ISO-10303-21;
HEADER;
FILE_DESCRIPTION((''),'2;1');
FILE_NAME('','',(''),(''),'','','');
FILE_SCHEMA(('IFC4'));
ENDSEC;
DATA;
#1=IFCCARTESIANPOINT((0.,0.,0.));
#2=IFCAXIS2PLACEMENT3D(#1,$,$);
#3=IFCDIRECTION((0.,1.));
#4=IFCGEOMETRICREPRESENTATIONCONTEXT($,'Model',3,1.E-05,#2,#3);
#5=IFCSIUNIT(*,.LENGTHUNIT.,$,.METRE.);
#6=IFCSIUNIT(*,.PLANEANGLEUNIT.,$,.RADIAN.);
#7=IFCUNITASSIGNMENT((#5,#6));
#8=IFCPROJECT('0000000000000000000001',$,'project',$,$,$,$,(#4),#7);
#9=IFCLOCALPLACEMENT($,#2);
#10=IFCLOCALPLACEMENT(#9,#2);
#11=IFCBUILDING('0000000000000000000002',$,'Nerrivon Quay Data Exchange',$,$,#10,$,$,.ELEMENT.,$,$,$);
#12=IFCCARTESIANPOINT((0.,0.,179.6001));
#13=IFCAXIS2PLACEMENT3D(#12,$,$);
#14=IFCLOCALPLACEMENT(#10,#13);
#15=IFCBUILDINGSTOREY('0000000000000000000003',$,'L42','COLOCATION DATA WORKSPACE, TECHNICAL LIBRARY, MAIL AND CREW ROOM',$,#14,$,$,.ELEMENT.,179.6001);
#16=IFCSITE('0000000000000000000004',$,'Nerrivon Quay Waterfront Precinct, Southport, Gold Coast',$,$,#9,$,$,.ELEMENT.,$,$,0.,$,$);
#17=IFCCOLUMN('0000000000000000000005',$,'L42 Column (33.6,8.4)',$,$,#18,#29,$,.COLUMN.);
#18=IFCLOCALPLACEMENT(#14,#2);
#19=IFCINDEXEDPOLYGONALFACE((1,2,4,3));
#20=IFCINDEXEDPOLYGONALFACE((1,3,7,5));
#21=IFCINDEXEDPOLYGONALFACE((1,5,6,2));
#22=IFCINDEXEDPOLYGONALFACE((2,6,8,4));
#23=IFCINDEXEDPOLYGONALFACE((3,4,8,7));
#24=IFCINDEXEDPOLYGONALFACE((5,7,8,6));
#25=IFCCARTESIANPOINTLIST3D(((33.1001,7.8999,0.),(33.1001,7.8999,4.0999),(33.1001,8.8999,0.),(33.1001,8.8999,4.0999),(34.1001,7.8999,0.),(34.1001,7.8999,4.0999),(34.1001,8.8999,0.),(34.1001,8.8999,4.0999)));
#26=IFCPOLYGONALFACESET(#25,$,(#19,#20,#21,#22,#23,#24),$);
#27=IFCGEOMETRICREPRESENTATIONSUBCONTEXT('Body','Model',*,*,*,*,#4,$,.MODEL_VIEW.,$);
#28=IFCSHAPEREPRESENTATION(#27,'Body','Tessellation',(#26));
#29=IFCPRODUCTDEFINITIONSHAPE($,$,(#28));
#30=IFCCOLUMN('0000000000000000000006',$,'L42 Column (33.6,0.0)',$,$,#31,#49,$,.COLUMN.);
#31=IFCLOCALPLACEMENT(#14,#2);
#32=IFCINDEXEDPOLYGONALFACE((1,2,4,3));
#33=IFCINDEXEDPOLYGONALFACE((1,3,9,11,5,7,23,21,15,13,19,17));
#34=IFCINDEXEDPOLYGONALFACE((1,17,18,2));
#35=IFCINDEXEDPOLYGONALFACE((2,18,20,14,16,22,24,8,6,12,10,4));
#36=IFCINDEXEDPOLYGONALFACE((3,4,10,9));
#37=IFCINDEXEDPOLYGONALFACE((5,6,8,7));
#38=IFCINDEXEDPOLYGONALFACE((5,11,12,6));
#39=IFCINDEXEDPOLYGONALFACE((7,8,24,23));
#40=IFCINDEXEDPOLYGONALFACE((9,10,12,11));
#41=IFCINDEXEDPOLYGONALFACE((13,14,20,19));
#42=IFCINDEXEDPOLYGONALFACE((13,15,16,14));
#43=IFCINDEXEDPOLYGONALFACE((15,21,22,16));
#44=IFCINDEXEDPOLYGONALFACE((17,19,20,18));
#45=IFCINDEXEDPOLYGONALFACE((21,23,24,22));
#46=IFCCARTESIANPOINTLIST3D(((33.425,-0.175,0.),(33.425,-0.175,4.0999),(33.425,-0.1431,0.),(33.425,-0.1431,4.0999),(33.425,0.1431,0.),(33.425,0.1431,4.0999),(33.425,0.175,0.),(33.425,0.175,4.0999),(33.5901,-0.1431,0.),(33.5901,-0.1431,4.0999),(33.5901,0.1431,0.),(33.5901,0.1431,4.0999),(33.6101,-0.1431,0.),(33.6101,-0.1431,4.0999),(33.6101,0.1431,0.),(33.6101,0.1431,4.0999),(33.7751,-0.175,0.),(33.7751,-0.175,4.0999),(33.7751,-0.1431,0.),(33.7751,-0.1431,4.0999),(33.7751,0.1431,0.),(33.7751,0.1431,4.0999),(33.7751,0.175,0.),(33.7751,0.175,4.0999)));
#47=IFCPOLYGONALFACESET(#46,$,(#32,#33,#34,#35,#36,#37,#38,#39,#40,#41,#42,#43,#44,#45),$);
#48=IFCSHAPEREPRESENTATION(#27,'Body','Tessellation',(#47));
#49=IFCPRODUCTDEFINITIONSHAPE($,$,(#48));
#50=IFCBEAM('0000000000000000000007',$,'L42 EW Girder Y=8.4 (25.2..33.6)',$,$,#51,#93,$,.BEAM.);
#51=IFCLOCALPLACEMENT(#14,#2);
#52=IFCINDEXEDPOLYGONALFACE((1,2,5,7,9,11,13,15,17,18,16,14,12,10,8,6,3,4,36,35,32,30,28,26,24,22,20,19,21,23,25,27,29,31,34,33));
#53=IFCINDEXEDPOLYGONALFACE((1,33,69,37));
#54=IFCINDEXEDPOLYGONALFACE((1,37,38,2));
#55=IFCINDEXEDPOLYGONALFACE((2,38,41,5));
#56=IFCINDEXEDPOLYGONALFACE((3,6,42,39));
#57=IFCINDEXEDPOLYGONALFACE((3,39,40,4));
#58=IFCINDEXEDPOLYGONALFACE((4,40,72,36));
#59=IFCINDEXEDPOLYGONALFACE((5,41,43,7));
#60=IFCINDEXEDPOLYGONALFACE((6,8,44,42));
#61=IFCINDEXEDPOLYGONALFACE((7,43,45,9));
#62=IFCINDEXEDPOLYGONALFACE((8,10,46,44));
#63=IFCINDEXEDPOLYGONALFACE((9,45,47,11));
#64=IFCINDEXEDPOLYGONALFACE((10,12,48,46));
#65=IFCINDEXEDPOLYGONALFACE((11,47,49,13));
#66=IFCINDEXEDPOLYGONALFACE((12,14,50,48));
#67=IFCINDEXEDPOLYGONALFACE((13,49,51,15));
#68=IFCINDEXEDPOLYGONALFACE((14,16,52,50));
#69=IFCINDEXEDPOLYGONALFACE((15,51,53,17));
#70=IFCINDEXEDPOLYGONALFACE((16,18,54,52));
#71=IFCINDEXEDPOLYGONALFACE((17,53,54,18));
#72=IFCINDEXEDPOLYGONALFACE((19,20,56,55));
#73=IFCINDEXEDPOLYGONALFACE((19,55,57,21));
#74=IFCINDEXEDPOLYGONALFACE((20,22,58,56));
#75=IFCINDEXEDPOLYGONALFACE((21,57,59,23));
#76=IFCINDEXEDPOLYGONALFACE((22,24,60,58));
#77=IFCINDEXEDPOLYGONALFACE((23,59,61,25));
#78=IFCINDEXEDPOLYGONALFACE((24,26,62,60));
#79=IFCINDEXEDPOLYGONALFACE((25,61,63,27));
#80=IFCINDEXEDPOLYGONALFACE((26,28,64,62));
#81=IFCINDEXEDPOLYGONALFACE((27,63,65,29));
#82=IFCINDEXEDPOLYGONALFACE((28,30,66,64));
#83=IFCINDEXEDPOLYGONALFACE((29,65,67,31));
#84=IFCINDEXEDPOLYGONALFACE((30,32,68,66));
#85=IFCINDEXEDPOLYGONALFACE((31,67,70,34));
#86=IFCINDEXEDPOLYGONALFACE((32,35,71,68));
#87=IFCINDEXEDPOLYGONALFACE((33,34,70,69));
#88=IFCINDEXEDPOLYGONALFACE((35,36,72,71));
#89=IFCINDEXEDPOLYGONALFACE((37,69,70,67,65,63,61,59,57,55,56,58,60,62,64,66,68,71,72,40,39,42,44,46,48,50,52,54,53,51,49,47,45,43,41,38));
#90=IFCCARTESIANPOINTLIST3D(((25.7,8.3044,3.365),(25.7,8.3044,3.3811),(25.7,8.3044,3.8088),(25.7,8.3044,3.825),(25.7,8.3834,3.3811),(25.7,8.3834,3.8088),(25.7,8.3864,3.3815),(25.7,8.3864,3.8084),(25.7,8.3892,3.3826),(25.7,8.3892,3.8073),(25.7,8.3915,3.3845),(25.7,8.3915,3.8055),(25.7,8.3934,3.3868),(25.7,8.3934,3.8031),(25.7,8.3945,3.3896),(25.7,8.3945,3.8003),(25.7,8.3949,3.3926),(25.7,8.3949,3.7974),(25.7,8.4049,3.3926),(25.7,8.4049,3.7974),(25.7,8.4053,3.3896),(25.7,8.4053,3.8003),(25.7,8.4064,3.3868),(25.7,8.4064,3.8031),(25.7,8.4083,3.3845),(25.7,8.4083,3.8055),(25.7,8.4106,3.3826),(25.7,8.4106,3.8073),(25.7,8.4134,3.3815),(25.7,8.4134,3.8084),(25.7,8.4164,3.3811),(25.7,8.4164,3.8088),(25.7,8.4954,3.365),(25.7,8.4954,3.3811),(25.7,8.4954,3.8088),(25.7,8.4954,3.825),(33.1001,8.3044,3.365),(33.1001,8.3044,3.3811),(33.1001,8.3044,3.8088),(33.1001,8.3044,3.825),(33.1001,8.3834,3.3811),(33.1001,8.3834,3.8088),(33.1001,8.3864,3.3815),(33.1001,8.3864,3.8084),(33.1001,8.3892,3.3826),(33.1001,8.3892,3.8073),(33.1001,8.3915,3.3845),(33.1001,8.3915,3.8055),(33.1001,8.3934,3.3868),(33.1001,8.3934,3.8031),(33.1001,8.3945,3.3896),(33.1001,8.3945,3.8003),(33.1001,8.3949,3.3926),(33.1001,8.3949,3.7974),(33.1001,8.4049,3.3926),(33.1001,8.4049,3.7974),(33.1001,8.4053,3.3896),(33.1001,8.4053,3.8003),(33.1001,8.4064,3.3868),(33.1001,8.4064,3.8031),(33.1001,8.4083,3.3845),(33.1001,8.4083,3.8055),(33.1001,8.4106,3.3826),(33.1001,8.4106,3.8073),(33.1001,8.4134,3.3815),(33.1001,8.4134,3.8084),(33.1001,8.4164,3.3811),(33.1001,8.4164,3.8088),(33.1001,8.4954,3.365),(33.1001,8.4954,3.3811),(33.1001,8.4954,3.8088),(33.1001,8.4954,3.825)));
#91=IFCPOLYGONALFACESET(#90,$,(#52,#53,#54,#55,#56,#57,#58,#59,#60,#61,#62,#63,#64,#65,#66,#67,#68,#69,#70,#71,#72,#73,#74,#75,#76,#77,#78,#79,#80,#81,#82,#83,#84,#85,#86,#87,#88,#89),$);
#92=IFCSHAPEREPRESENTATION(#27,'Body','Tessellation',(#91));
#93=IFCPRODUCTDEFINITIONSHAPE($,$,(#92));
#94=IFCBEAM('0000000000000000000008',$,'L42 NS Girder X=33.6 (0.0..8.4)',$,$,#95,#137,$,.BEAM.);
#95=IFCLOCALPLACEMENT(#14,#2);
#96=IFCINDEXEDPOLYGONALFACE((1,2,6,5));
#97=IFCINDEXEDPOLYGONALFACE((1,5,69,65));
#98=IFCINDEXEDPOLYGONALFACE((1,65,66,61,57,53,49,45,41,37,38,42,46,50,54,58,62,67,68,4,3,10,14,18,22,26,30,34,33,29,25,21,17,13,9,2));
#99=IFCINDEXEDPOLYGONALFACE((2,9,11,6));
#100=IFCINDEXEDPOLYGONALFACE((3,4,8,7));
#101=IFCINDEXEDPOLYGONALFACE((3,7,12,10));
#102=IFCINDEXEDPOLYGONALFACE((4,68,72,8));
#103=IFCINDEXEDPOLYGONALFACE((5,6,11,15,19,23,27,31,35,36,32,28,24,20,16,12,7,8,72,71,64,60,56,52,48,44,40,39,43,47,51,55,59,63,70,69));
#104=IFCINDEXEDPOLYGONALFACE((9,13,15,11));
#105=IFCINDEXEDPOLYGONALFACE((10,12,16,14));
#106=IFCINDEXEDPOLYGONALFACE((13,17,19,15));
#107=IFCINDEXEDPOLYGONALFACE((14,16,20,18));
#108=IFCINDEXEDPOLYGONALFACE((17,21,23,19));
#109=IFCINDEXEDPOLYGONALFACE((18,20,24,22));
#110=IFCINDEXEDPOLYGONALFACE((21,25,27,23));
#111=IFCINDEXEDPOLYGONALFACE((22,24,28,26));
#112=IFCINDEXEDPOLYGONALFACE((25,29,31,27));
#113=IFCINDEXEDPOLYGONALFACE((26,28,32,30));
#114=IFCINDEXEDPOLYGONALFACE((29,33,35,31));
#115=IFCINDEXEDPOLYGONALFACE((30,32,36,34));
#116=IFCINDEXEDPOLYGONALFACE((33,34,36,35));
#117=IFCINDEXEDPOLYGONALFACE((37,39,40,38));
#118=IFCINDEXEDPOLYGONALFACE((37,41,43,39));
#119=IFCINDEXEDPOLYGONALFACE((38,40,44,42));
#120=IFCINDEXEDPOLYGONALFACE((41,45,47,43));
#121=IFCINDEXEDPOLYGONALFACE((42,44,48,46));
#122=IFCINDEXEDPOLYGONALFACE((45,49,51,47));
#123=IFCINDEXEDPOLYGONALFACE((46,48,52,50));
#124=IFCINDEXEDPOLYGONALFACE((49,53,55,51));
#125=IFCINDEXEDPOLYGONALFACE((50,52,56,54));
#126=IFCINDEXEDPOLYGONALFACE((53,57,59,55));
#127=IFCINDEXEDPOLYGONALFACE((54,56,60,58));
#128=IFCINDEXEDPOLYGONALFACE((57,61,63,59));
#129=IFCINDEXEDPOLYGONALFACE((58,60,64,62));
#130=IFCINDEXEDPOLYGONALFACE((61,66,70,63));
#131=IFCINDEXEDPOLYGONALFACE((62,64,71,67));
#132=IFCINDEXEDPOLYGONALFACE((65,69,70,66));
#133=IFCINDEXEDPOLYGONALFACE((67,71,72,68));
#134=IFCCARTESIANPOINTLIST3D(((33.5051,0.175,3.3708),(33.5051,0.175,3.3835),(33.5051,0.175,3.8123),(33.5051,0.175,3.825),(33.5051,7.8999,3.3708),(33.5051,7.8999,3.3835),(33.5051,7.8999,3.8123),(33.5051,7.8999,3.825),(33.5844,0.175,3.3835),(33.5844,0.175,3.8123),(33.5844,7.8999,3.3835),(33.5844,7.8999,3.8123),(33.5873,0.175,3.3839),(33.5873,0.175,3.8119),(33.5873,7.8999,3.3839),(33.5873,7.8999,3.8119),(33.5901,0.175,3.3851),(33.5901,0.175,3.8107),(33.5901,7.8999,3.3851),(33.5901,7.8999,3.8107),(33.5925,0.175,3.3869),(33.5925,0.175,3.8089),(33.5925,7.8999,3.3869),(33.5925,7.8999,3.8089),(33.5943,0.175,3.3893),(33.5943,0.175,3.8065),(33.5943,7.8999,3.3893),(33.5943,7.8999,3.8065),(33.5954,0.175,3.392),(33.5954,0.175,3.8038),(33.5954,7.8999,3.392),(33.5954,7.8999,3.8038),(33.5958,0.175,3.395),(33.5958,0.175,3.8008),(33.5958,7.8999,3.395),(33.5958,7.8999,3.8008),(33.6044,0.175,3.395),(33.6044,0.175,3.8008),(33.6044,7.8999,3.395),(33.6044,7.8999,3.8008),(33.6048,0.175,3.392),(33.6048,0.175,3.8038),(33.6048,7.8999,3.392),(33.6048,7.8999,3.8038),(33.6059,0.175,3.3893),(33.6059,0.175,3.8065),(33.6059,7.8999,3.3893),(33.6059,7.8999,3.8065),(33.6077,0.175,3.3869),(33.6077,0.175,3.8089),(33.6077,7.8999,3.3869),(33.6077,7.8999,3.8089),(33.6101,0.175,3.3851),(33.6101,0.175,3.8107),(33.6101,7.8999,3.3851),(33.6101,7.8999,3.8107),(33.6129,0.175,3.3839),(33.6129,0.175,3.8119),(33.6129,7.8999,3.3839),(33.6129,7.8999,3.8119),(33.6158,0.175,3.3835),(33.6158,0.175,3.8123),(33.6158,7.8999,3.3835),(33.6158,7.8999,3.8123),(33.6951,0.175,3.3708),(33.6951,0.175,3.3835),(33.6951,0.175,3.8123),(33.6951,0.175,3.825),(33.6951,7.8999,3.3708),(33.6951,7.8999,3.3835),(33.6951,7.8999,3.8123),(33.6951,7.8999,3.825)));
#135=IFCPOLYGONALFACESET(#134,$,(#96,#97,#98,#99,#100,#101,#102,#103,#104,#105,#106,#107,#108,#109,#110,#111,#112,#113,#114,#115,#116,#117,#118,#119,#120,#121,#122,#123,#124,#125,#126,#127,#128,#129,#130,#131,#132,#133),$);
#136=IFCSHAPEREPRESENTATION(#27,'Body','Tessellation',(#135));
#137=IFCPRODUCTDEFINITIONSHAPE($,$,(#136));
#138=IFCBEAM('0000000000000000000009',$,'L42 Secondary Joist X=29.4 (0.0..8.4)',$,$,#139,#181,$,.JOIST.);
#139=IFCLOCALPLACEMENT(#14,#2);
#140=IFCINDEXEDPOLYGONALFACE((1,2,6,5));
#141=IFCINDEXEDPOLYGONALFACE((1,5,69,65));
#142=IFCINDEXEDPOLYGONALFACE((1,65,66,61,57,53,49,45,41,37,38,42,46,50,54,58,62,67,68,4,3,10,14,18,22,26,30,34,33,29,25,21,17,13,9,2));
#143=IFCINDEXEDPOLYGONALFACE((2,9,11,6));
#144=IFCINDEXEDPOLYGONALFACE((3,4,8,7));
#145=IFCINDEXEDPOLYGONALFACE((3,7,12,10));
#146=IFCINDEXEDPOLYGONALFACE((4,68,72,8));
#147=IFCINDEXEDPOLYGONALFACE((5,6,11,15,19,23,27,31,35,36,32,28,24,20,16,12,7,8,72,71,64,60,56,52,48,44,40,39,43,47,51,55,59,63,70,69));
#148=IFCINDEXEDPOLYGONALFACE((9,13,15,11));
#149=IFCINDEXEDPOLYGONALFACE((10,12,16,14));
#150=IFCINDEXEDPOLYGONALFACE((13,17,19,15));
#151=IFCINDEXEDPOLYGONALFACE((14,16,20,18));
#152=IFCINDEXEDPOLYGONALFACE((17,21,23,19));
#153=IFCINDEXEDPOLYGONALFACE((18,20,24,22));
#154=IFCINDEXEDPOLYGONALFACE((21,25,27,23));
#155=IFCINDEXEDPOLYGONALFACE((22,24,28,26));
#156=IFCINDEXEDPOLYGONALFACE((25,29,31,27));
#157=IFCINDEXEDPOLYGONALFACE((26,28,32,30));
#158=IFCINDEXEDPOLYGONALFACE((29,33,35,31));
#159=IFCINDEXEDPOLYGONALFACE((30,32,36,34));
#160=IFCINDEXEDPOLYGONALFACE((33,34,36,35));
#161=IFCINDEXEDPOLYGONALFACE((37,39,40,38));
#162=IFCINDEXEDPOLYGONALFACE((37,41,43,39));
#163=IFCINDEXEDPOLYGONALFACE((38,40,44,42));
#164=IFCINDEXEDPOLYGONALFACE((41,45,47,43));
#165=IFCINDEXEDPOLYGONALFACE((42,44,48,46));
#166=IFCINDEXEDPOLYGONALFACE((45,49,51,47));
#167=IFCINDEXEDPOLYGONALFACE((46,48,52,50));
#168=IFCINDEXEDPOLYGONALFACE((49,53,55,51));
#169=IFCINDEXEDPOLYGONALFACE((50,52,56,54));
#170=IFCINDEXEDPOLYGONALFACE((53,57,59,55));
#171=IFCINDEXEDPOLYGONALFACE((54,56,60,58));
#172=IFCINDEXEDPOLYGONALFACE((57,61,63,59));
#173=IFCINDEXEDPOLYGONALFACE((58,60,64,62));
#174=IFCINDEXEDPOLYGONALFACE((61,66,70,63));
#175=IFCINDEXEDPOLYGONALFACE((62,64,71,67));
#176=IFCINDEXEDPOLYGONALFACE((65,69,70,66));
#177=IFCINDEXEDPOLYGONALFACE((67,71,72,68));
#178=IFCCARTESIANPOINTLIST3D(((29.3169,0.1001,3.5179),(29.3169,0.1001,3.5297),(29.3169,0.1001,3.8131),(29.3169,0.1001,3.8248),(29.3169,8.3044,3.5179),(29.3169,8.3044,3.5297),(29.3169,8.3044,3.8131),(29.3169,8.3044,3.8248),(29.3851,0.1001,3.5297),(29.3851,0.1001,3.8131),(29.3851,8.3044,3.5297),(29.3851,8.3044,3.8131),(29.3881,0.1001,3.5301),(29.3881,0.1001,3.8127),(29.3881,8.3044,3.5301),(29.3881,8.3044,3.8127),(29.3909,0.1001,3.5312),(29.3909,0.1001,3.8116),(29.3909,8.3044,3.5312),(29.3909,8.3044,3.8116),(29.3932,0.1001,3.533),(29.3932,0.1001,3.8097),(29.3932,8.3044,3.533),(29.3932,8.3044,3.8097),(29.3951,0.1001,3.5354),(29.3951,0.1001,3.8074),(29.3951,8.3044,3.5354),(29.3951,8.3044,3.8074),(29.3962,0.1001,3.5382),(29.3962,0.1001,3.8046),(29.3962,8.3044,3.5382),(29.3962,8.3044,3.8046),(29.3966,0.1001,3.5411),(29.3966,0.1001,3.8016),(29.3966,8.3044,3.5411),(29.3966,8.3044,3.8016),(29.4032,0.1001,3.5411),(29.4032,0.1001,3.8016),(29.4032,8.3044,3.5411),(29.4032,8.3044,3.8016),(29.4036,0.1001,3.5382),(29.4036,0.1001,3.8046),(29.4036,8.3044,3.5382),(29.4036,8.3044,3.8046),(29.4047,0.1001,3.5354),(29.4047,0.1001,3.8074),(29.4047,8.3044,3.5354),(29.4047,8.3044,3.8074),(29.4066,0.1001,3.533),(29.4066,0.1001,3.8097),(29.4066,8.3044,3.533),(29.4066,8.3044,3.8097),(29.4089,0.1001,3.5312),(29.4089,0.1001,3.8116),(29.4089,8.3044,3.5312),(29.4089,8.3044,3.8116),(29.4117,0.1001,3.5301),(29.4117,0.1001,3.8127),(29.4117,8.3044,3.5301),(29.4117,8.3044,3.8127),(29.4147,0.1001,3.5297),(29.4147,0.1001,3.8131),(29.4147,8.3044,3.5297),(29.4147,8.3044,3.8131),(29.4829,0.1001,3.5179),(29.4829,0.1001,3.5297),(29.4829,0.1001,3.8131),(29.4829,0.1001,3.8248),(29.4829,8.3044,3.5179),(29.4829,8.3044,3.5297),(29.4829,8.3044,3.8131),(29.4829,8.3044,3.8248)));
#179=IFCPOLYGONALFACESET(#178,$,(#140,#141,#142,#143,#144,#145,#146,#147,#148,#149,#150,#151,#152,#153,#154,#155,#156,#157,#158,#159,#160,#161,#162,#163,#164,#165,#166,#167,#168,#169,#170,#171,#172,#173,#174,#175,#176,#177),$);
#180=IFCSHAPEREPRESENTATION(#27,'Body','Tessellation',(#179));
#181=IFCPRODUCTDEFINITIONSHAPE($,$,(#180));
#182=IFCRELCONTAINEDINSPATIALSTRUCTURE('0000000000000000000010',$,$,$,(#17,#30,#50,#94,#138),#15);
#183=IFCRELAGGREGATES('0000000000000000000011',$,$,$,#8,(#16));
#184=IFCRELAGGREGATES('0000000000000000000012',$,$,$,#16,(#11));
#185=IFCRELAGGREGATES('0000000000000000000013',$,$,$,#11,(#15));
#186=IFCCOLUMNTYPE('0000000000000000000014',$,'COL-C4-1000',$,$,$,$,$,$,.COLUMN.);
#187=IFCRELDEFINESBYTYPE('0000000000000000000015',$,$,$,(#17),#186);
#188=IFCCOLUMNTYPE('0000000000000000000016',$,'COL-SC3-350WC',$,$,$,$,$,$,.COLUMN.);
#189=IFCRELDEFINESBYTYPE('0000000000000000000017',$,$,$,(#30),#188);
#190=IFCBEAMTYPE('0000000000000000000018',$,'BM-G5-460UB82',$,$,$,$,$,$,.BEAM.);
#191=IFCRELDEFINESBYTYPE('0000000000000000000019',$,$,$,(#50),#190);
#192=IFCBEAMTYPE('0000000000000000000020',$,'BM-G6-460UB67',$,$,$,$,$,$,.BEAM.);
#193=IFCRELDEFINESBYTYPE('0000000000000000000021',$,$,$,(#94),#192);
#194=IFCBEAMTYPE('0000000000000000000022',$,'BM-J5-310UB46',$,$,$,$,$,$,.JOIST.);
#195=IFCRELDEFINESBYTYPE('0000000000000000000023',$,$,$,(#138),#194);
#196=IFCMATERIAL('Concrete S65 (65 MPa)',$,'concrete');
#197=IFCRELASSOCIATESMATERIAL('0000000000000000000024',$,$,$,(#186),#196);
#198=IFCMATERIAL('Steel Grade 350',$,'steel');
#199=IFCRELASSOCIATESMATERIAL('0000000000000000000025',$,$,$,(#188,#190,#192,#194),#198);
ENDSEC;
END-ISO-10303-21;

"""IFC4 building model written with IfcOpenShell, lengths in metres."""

from ifc_helpers import new_model, si_unit, direction, frame, origin, origin_2d, place, context, subcontext, project, spatial, rectangle, i_section, extrude, material, material_profile, profile_set, type_object, element, save


model = new_model("IFC4")

# Units and contexts
model_context = context("Model", 3, precision=1e-05, world=origin(), true_north=direction((0.0, 1.0)))
body_context = subcontext(model_context, "Body", "Model", "MODEL_VIEW")
ifc_project = project(units=[si_unit("LENGTHUNIT", "METRE"), si_unit("PLANEANGLEUNIT", "RADIAN")], contexts=[model_context])

# Site, building, storey
site_placement = place(None, origin())
site = spatial("IfcSite", under=ifc_project, at=site_placement, Name="Nerrivon Quay Waterfront Precinct, Southport, Gold Coast", CompositionType="ELEMENT", RefElevation=0.0)
building_placement = place(site_placement, origin())
building = spatial("IfcBuilding", under=site, at=building_placement, Name="Nerrivon Quay Data Exchange", CompositionType="ELEMENT")
storey_placement = place(building_placement, frame((0.0, 0.0, 179.6001)))
storey = spatial("IfcBuildingStorey", under=building, at=storey_placement, Name="L42", Description="COLOCATION DATA WORKSPACE, TECHNICAL LIBRARY, MAIL AND CREW ROOM", CompositionType="ELEMENT", Elevation=179.6001)

# Columns
ifc_material_1 = material(Name="Concrete S65 (65 MPa)", Category="concrete")
ifc_material_profile_1 = material_profile(ifc_material_1, rectangle(XDim=1.0, YDim=1.0, at=origin_2d()), Name="RC-COL-1000x1000")
ifc_profile_set_1 = profile_set([ifc_material_profile_1], Name="Concrete S65 (65 MPa)")
column_type_1 = type_object("IfcColumnType", Name="COL-C4-1000", PredefinedType="COLUMN", material=ifc_profile_set_1)
column_1_placement = place(storey_placement, frame((33.6001, 8.3999, 0.0), z_axis=(0.0, 0.0, 1.0), x_axis=(1.0, 0.0, 0.0)))
element("IfcColumn", 1, at=column_1_placement, inside=storey, type_object=column_type_1, Name="L42 Column (33.6,8.4)", PredefinedType="COLUMN", context=body_context, shape_type="SweptSolid", body=[
    extrude(rectangle(XDim=1.0, YDim=1.0, at=origin_2d()), origin(), (0.0, 0.0, 1.0), 4.0999),
])
ifc_material_2 = material(Name="Steel Grade 350", Category="steel")
ifc_material_profile_2 = material_profile(ifc_material_2, i_section(OverallWidth=0.3501, OverallDepth=0.3501, WebThickness=0.02, FlangeThickness=0.032, at=origin_2d()), Name="350WC230")
ifc_profile_set_2 = profile_set([ifc_material_profile_2], Name="Steel Grade 350")
column_type_2 = type_object("IfcColumnType", Name="COL-SC3-350WC", PredefinedType="COLUMN", material=ifc_profile_set_2)
column_2_placement = place(storey_placement, frame((33.6001, 0.0, 0.0), z_axis=(0.0, 0.0, 1.0), x_axis=(1.0, 0.0, 0.0)))
element("IfcColumn", 2, at=column_2_placement, inside=storey, type_object=column_type_2, Name="L42 Column (33.6,0.0)", PredefinedType="COLUMN", context=body_context, shape_type="SweptSolid", body=[
    extrude(i_section(OverallWidth=0.3501, OverallDepth=0.3501, WebThickness=0.02, FlangeThickness=0.032, at=origin_2d()), origin(), (0.0, 0.0, 1.0), 4.0999),
])

# Beams
ifc_material_profile_3 = material_profile(ifc_material_2, i_section(OverallWidth=0.1909, OverallDepth=0.46, WebThickness=0.01, FlangeThickness=0.0161, FilletRadius=0.0115, at=origin_2d()), Name="460UB82.1")
ifc_profile_set_3 = profile_set([ifc_material_profile_3], Name="Steel Grade 350")
beam_type_1 = type_object("IfcBeamType", Name="BM-G5-460UB82", PredefinedType="BEAM", material=ifc_profile_set_3)
beam_1_placement = place(storey_placement, frame((25.7, 8.3999, 3.595), z_axis=(1.0, 0.0, 0.0), x_axis=(0.0, 1.0, 0.0)))
element("IfcBeam", 3, at=beam_1_placement, inside=storey, type_object=beam_type_1, Name="L42 EW Girder Y=8.4 (25.2..33.6)", PredefinedType="BEAM", context=body_context, shape_type="SweptSolid", body=[
    extrude(i_section(OverallWidth=0.1909, OverallDepth=0.46, WebThickness=0.01, FlangeThickness=0.0161, FilletRadius=0.0115, at=origin_2d()), origin(), (0.0, 0.0, 1.0), 7.4001),
])
ifc_material_profile_4 = material_profile(ifc_material_2, i_section(OverallWidth=0.1899, OverallDepth=0.4541, WebThickness=0.0085, FlangeThickness=0.0127, FilletRadius=0.0115, at=origin_2d()), Name="460UB67.1")
ifc_profile_set_4 = profile_set([ifc_material_profile_4], Name="Steel Grade 350")
beam_type_2 = type_object("IfcBeamType", Name="BM-G6-460UB67", PredefinedType="BEAM", material=ifc_profile_set_4)
beam_2_placement = place(storey_placement, frame((33.6001, 0.175, 3.5979), z_axis=(0.0, 1.0, 0.0), x_axis=(-1.0, 0.0, 0.0)))
element("IfcBeam", 4, at=beam_2_placement, inside=storey, type_object=beam_type_2, Name="L42 NS Girder X=33.6 (0.0..8.4)", PredefinedType="BEAM", context=body_context, shape_type="SweptSolid", body=[
    extrude(i_section(OverallWidth=0.1899, OverallDepth=0.4541, WebThickness=0.0085, FlangeThickness=0.0127, FilletRadius=0.0115, at=origin_2d()), origin(), (0.0, 0.0, 1.0), 7.7249),
])
ifc_material_profile_5 = material_profile(ifc_material_2, i_section(OverallWidth=0.166, OverallDepth=0.3069, WebThickness=0.0066, FlangeThickness=0.0117, FilletRadius=0.0115, at=origin_2d()), Name="310UB46.2")
ifc_profile_set_5 = profile_set([ifc_material_profile_5], Name="Steel Grade 350")
beam_type_3 = type_object("IfcBeamType", Name="BM-J5-310UB46", PredefinedType="JOIST", material=ifc_profile_set_5)
beam_3_placement = place(storey_placement, frame((29.3999, 0.1001, 3.6714), z_axis=(0.0, 1.0, 0.0), x_axis=(-1.0, 0.0, 0.0)))
element("IfcBeam", 5, at=beam_3_placement, inside=storey, type_object=beam_type_3, Name="L42 Secondary Joist X=29.4 (0.0..8.4)", PredefinedType="JOIST", context=body_context, shape_type="SweptSolid", body=[
    extrude(i_section(OverallWidth=0.166, OverallDepth=0.3069, WebThickness=0.0066, FlangeThickness=0.0117, FilletRadius=0.0115, at=origin_2d()), origin(), (0.0, 0.0, 1.0), 8.2043),
])

save(model, "model.ifc")
